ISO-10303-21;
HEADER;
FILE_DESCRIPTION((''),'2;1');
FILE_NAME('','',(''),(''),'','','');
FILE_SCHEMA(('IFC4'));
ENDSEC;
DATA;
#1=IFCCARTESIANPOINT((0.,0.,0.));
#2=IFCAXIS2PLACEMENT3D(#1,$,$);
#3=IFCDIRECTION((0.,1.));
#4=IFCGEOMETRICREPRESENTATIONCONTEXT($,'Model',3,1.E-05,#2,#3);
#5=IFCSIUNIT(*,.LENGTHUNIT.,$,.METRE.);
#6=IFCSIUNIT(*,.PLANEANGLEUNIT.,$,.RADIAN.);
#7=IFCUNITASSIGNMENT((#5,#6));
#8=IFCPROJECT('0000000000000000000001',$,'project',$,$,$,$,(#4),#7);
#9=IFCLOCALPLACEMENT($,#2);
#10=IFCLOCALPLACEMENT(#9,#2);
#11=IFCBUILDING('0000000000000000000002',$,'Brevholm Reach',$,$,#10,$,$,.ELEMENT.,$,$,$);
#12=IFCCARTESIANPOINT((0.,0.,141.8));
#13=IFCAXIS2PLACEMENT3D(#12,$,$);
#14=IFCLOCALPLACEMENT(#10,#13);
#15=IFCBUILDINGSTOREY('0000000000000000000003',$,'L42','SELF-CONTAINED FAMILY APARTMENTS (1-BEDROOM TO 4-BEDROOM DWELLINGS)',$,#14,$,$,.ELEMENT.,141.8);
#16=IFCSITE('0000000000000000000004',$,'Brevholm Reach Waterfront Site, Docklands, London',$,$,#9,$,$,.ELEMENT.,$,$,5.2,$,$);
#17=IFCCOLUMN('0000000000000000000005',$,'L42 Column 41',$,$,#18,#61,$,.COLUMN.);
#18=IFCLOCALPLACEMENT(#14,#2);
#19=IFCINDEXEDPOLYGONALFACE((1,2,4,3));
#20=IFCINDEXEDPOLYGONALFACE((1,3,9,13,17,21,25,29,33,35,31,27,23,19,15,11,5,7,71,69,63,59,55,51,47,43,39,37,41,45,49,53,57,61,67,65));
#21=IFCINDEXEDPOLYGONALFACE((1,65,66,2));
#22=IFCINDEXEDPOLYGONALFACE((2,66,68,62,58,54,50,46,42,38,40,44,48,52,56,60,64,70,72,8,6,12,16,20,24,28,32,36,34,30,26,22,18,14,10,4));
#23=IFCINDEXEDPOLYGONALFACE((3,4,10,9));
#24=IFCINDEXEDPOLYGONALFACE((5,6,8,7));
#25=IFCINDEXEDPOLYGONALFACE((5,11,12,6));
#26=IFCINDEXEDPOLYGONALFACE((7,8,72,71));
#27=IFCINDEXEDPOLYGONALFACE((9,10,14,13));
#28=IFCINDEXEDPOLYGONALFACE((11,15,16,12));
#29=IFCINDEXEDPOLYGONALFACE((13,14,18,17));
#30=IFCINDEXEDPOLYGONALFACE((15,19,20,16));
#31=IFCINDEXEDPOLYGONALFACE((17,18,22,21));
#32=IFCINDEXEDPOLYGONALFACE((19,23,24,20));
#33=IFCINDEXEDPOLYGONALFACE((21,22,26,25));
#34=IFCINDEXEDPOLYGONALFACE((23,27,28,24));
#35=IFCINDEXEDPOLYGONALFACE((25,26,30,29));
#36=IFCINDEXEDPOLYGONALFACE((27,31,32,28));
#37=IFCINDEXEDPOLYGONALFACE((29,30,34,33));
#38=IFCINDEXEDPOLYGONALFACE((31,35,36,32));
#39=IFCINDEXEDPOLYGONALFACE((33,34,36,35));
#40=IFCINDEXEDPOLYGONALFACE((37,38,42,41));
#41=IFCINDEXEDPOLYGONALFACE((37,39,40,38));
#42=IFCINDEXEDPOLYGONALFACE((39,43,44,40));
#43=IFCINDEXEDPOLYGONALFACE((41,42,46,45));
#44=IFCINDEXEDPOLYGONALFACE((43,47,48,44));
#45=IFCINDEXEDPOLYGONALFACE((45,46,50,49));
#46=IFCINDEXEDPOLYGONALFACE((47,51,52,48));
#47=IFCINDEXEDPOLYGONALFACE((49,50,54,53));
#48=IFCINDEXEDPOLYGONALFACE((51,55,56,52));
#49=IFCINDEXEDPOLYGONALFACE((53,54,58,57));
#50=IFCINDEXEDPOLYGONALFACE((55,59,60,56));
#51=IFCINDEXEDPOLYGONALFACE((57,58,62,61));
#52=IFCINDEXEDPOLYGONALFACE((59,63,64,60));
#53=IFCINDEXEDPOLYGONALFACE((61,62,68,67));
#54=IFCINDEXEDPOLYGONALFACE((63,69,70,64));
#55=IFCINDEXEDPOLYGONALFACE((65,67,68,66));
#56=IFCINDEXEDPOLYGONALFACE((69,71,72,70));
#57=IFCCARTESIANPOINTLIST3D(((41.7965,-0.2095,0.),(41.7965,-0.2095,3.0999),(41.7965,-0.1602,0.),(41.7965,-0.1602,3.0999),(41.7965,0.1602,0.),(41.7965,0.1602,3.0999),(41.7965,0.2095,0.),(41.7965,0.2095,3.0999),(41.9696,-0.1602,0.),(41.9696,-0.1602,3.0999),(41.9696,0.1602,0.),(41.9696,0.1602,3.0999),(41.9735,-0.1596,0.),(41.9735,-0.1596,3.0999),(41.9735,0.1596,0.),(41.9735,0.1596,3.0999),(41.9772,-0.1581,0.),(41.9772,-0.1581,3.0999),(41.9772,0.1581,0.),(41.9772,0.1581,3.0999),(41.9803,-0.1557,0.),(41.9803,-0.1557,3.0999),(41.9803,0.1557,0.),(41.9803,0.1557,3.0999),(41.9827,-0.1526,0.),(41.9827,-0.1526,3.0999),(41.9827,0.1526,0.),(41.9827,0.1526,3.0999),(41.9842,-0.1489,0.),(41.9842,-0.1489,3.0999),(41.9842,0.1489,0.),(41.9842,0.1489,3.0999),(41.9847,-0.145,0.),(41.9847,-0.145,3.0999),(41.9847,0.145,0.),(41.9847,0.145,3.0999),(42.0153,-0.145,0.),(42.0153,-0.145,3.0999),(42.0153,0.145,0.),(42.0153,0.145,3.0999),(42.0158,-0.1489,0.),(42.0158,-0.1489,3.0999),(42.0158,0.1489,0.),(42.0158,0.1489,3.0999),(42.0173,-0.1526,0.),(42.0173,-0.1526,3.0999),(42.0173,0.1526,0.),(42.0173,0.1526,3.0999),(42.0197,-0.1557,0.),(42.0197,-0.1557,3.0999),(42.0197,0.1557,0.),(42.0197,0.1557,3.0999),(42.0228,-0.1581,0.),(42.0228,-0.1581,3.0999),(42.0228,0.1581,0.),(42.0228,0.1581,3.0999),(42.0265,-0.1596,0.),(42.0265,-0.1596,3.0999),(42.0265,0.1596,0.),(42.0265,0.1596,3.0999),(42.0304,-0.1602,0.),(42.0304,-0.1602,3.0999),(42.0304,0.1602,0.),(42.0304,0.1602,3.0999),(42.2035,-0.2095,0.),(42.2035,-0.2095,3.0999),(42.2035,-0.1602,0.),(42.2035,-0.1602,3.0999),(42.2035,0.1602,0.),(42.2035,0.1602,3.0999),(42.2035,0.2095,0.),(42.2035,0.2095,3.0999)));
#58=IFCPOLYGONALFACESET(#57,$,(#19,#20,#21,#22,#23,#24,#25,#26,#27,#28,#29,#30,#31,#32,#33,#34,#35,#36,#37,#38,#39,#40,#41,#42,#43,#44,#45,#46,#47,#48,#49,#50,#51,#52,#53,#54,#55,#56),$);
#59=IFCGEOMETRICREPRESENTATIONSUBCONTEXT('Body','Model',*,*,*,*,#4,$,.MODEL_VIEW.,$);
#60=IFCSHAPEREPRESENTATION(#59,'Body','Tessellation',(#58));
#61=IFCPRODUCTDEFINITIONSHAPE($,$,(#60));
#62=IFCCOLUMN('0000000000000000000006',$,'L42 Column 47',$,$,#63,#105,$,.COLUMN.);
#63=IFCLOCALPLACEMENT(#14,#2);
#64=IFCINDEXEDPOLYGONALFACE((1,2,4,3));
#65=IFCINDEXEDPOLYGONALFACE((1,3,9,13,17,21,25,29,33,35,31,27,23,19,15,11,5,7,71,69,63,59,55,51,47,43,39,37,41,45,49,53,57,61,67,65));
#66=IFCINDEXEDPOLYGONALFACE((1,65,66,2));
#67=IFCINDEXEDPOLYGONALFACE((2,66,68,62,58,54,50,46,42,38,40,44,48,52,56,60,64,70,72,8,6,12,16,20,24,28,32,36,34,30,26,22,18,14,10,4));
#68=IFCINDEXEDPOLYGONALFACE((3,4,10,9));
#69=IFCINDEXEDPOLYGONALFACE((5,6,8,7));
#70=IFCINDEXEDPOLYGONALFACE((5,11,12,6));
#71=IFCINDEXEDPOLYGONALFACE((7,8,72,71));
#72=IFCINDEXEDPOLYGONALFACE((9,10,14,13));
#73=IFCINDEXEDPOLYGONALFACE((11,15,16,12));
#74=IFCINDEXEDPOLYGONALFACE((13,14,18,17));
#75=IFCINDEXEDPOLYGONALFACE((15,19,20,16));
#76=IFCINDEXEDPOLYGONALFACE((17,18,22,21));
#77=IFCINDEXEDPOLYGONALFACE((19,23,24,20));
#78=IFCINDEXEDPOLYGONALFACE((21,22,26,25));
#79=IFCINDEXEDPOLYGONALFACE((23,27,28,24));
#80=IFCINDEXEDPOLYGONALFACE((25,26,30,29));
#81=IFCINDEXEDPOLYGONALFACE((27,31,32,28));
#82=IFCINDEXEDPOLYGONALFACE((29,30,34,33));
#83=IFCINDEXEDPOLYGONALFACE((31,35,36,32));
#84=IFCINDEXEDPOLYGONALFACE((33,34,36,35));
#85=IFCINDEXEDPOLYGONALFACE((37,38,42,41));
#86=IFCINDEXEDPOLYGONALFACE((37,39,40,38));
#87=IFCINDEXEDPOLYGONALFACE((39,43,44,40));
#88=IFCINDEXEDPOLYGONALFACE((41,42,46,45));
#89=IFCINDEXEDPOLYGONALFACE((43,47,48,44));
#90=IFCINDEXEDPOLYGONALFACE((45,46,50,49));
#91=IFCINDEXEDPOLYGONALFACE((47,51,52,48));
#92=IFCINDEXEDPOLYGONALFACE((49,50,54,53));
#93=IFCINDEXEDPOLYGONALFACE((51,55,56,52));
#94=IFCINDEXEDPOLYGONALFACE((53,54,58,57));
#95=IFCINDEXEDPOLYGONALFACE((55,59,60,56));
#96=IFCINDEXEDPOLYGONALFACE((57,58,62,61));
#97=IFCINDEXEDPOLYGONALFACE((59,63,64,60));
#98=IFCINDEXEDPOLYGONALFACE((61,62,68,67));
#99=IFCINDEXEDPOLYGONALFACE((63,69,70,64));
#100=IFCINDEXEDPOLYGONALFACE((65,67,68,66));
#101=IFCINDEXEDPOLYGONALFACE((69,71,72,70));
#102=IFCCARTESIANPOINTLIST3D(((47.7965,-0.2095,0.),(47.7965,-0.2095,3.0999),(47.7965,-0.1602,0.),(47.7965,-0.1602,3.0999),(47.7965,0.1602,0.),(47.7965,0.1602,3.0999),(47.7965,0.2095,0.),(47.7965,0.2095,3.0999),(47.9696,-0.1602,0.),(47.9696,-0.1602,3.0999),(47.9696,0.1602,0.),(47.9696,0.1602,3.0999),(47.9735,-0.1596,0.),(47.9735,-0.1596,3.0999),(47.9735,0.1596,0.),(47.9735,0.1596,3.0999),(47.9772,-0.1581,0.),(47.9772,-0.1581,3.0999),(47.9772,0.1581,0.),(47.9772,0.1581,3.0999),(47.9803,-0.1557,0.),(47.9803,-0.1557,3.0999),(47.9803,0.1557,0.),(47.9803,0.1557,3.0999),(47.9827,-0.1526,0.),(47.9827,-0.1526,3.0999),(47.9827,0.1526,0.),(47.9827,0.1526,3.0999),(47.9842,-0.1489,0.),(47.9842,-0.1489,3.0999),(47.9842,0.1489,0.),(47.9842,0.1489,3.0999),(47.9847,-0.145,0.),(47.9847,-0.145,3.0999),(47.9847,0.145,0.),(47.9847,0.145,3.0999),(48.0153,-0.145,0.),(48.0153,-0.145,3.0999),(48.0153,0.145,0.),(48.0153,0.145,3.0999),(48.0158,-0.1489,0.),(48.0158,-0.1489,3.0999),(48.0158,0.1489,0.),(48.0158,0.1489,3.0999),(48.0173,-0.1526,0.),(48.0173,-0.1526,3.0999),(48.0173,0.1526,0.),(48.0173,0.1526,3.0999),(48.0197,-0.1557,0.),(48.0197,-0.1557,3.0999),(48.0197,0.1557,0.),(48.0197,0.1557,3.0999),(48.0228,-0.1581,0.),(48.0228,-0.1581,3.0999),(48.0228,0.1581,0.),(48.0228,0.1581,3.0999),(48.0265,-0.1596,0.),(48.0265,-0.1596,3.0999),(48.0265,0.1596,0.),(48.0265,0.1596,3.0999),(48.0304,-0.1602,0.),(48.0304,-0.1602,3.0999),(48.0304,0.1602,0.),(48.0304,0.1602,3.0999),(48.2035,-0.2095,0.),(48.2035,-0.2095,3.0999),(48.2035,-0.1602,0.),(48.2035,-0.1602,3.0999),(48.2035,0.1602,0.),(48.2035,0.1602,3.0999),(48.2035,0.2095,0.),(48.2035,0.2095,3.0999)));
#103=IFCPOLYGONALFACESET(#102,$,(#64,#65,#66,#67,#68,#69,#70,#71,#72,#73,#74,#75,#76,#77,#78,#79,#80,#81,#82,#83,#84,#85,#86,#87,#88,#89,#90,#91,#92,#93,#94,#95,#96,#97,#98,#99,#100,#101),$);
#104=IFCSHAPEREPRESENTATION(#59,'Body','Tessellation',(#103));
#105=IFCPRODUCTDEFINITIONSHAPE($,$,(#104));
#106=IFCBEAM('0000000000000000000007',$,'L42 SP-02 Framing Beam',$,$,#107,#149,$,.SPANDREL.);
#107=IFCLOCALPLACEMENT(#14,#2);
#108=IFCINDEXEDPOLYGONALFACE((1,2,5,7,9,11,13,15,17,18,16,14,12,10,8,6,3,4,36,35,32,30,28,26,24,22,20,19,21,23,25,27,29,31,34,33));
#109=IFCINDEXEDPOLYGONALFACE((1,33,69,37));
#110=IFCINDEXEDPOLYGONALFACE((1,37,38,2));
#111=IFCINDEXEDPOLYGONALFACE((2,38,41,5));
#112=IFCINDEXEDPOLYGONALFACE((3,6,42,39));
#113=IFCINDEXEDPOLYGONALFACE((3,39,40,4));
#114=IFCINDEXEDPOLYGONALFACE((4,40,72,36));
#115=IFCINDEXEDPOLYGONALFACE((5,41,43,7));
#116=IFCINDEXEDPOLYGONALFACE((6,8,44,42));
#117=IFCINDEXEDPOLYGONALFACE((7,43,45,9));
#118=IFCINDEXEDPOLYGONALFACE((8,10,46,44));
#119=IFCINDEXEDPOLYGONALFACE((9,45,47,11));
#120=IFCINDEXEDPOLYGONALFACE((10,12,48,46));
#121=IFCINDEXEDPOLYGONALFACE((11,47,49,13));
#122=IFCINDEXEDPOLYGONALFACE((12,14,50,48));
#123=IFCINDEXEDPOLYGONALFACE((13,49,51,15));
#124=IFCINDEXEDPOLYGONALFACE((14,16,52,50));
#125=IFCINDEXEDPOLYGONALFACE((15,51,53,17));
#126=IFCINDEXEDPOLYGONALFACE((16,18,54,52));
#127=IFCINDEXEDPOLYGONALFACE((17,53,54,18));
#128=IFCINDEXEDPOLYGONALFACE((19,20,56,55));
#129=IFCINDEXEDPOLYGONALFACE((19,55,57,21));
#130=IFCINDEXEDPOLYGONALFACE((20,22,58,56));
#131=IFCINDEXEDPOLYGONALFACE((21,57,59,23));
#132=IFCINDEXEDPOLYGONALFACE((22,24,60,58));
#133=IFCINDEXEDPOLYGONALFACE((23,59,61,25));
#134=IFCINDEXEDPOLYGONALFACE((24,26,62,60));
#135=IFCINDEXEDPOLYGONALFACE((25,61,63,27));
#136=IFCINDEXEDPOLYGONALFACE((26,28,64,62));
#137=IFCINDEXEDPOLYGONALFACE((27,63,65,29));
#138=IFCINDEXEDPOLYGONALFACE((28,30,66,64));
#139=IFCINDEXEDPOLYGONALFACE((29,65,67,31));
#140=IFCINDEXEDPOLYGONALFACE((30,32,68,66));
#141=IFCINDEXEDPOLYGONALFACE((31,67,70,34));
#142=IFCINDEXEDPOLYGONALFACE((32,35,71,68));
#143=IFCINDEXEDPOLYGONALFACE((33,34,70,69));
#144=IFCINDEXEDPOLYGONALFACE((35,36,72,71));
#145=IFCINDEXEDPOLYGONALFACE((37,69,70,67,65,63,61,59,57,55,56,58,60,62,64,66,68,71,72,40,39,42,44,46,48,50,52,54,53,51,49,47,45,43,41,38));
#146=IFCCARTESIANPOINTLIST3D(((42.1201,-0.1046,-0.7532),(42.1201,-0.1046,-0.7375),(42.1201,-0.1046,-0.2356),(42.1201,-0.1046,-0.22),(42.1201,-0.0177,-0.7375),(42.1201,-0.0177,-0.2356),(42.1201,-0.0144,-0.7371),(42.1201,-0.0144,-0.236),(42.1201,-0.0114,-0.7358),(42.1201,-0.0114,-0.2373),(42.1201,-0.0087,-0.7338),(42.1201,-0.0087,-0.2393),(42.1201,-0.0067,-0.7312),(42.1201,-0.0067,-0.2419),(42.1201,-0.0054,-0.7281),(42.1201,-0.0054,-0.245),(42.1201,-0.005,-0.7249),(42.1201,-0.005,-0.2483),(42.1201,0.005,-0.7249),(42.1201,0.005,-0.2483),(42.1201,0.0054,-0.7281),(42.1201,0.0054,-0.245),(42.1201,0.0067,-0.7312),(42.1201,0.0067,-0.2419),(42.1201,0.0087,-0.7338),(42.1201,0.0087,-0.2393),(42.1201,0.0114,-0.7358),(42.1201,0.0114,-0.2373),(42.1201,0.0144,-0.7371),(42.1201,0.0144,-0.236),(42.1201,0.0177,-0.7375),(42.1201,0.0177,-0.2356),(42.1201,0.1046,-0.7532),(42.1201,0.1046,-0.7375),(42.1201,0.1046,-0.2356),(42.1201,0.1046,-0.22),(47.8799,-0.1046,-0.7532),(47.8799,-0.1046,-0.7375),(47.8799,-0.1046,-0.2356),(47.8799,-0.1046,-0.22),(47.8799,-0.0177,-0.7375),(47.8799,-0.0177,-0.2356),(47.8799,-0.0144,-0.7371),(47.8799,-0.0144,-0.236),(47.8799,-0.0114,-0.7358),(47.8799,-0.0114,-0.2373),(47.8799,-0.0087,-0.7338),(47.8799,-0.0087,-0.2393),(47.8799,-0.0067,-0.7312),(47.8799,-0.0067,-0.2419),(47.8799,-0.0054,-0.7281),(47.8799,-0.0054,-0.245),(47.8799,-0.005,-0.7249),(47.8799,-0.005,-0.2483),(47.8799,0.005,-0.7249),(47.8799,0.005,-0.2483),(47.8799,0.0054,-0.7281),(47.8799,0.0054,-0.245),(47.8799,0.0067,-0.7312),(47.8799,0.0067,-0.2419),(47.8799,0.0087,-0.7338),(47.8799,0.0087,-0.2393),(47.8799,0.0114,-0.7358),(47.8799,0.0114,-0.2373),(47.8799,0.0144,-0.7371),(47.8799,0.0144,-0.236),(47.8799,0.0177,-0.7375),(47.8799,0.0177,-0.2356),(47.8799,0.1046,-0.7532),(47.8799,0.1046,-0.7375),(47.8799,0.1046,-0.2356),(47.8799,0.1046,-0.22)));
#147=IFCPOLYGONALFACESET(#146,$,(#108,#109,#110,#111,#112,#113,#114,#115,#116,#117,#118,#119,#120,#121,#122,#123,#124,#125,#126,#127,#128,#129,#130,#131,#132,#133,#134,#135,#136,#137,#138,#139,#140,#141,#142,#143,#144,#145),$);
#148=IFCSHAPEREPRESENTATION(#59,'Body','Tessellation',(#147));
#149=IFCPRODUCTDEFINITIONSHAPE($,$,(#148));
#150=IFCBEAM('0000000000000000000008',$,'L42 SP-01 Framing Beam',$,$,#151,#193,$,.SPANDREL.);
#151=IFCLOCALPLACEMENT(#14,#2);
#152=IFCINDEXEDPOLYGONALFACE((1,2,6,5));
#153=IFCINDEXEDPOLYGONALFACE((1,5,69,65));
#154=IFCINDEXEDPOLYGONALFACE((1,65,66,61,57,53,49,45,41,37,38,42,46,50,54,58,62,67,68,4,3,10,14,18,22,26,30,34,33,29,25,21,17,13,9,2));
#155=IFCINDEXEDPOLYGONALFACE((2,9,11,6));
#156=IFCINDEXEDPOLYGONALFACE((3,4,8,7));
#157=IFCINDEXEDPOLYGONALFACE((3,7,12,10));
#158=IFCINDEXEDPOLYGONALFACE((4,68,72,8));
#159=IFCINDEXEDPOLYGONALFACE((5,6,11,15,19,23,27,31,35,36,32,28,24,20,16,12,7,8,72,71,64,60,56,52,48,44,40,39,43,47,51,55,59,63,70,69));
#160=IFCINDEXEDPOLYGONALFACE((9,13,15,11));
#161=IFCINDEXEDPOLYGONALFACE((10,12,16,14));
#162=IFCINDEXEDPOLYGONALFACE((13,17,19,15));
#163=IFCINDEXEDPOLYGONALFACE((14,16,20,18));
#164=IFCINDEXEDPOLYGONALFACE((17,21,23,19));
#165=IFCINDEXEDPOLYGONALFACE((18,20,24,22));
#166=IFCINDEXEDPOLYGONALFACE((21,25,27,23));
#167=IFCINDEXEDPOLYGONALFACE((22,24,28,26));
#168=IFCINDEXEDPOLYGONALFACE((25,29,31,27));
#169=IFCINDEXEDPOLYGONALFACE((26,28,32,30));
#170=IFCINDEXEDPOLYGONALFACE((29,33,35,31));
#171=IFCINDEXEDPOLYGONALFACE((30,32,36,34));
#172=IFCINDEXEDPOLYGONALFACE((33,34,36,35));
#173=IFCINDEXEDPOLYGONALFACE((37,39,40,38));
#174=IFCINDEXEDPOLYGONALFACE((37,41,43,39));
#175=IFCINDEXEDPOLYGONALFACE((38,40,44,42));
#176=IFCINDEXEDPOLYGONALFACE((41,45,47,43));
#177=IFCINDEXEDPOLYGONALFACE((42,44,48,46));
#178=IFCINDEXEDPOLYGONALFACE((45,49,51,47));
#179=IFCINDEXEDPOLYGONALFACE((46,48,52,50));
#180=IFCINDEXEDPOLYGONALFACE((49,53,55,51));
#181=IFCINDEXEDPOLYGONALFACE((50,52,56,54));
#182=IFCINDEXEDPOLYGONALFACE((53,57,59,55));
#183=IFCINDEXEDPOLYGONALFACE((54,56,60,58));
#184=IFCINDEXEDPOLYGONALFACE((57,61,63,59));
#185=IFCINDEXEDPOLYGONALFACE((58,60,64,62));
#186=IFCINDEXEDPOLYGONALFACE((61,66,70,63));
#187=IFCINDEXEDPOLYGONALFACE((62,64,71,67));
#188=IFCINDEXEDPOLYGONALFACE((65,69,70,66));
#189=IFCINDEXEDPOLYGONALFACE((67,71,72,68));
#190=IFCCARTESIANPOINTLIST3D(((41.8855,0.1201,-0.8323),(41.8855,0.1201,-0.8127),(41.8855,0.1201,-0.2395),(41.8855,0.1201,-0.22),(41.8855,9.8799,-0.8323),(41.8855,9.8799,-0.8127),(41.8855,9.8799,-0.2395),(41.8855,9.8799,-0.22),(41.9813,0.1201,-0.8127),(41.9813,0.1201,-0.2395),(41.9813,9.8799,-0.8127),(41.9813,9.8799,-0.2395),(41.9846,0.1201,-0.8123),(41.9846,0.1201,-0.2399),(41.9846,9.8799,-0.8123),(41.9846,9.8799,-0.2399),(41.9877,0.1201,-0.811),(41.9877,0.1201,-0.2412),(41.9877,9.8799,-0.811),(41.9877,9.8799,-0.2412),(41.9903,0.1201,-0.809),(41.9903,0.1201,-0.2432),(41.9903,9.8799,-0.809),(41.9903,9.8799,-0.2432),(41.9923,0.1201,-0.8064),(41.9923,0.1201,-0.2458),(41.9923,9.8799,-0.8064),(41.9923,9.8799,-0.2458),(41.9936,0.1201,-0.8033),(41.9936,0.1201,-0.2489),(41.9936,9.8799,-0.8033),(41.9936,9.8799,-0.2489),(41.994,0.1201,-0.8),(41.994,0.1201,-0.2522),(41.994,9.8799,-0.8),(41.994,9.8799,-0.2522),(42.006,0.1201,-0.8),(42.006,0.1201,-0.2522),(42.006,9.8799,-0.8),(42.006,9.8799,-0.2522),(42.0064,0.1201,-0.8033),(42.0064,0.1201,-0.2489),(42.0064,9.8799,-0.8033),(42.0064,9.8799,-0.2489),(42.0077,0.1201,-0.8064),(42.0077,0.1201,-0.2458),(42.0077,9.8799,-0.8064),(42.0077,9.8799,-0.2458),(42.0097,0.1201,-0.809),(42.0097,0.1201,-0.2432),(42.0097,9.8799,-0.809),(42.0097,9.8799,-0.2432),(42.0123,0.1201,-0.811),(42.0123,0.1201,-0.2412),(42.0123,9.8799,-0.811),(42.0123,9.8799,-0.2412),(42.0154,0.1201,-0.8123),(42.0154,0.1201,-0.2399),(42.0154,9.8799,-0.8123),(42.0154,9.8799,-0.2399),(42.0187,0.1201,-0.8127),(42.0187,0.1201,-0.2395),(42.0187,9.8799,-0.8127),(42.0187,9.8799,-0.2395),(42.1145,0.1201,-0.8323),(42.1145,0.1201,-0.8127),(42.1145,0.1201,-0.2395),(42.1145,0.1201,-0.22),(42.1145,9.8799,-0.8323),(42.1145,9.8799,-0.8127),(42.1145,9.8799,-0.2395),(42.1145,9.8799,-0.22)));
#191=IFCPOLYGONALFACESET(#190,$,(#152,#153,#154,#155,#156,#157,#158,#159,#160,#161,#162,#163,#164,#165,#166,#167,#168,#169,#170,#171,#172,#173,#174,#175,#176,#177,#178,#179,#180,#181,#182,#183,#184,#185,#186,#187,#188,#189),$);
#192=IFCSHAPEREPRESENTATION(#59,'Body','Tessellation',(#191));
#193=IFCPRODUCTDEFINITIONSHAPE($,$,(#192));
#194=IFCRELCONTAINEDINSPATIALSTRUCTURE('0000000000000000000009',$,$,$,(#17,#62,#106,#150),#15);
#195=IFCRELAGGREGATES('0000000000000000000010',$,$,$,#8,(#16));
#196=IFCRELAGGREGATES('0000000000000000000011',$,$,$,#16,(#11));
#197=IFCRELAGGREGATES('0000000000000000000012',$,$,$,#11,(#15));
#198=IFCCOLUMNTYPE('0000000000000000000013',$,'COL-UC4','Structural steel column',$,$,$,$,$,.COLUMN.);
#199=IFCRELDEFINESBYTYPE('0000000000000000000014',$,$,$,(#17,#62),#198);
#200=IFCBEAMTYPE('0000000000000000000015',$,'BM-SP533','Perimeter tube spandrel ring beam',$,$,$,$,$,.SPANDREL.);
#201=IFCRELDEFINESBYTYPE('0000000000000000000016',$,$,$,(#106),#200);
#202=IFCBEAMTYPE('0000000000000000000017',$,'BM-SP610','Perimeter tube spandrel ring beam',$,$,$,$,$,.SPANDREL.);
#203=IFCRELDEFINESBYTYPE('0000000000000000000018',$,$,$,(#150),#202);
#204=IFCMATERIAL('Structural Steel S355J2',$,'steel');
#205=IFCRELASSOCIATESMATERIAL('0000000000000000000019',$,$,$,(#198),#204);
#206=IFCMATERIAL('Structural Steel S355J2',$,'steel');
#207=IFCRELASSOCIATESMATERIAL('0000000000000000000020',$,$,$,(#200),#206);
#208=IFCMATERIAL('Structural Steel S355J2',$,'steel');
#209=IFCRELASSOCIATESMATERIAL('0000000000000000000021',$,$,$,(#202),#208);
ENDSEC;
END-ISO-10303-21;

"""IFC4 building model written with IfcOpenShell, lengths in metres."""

from ifc_helpers import new_model, si_unit, direction, frame, origin, origin_2d, place, context, subcontext, project, spatial, i_section, extrude, material, material_profile, profile_set, type_object, element, save


model = new_model("IFC4")

# Units and contexts
model_context = context("Model", 3, precision=1e-05, world=origin(), true_north=direction((0.0, 1.0)))
body_context = subcontext(model_context, "Body", "Model", "MODEL_VIEW")
ifc_project = project(units=[si_unit("LENGTHUNIT", "METRE"), si_unit("PLANEANGLEUNIT", "RADIAN")], contexts=[model_context])

# Site, building, storey
site_placement = place(None, origin())
site = spatial("IfcSite", under=ifc_project, at=site_placement, Name="Brevholm Reach Waterfront Site, Docklands, London", CompositionType="ELEMENT", RefElevation=5.2)
building_placement = place(site_placement, origin())
building = spatial("IfcBuilding", under=site, at=building_placement, Name="Brevholm Reach", CompositionType="ELEMENT")
storey_placement = place(building_placement, frame((0.0, 0.0, 141.8)))
storey = spatial("IfcBuildingStorey", under=building, at=storey_placement, Name="L42", Description="SELF-CONTAINED FAMILY APARTMENTS (1-BEDROOM TO 4-BEDROOM DWELLINGS)", CompositionType="ELEMENT", Elevation=141.8)

# Columns
ifc_material_1 = material(Name="Structural Steel S355J2", Category="steel")
ifc_material_profile_1 = material_profile(ifc_material_1, i_section(OverallWidth=0.407, OverallDepth=0.4189, WebThickness=0.0305, FlangeThickness=0.0493, FilletRadius=0.0151, at=origin_2d()), Name="UKC 356x406x393")
ifc_profile_set_1 = profile_set([ifc_material_profile_1], Name="Structural Steel S355J2")
column_type = type_object("IfcColumnType", Name="COL-UC4", Description="Structural steel column", PredefinedType="COLUMN", material=ifc_profile_set_1)
for number, where, z_axis, x_axis, name in (
    (1, (42.0, 0.0, 0.0), (0.0, 0.0, 1.0), (1.0, 0.0, 0.0), "L42 Column 41"),
    (2, (48.0, 0.0, 0.0), (0.0, 0.0, 1.0), (1.0, 0.0, 0.0), "L42 Column 47"),
):
    element("IfcColumn", number, at=place(storey_placement, frame(where, z_axis=z_axis, x_axis=x_axis)), inside=storey, type_object=column_type, Name=name, PredefinedType="COLUMN", context=body_context, shape_type="SweptSolid", body=[
        extrude(i_section(OverallWidth=0.407, OverallDepth=0.4189, WebThickness=0.0305, FlangeThickness=0.0493, FilletRadius=0.0151, at=origin_2d()), origin(), (0.0, 0.0, 1.0), 3.0999),
    ])

# Beams
ifc_material_2 = material(Name="Structural Steel S355J2", Category="steel")
ifc_material_profile_2 = material_profile(ifc_material_2, i_section(OverallWidth=0.2092, OverallDepth=0.5332, WebThickness=0.01, FlangeThickness=0.0156, FilletRadius=0.0127, at=origin_2d()), Name="UKB 533x210x92")
ifc_profile_set_2 = profile_set([ifc_material_profile_2], Name="Structural Steel S355J2")
beam_type_1 = type_object("IfcBeamType", Name="BM-SP533", Description="Perimeter tube spandrel ring beam", PredefinedType="SPANDREL", material=ifc_profile_set_2)
beam_1_placement = place(storey_placement, frame((42.1201, 0.0, -0.4866), z_axis=(1.0, 0.0, 0.0), x_axis=(0.0, 1.0, 0.0)))
element("IfcBeam", 3, at=beam_1_placement, inside=storey, type_object=beam_type_1, Name="L42 SP-02 Framing Beam", PredefinedType="SPANDREL", context=body_context, shape_type="SweptSolid", body=[
    extrude(i_section(OverallWidth=0.2092, OverallDepth=0.5332, WebThickness=0.01, FlangeThickness=0.0156, FilletRadius=0.0127, at=origin_2d()), origin(), (0.0, 0.0, 1.0), 5.7598),
])
ifc_material_3 = material(Name="Structural Steel S355J2", Category="steel")
ifc_material_profile_3 = material_profile(ifc_material_3, i_section(OverallWidth=0.229, OverallDepth=0.6123, WebThickness=0.012, FlangeThickness=0.0195, FilletRadius=0.0127, at=origin_2d()), Name="UKB 610x229x125")
ifc_profile_set_3 = profile_set([ifc_material_profile_3], Name="Structural Steel S355J2")
beam_type_2 = type_object("IfcBeamType", Name="BM-SP610", Description="Perimeter tube spandrel ring beam", PredefinedType="SPANDREL", material=ifc_profile_set_3)
beam_2_placement = place(storey_placement, frame((42.0, 0.1201, -0.5261), z_axis=(0.0, 1.0, 0.0), x_axis=(-1.0, 0.0, 0.0)))
element("IfcBeam", 4, at=beam_2_placement, inside=storey, type_object=beam_type_2, Name="L42 SP-01 Framing Beam", PredefinedType="SPANDREL", context=body_context, shape_type="SweptSolid", body=[
    extrude(i_section(OverallWidth=0.229, OverallDepth=0.6123, WebThickness=0.012, FlangeThickness=0.0195, FilletRadius=0.0127, at=origin_2d()), origin(), (0.0, 0.0, 1.0), 9.7598),
])

save(model, "model.ifc")
